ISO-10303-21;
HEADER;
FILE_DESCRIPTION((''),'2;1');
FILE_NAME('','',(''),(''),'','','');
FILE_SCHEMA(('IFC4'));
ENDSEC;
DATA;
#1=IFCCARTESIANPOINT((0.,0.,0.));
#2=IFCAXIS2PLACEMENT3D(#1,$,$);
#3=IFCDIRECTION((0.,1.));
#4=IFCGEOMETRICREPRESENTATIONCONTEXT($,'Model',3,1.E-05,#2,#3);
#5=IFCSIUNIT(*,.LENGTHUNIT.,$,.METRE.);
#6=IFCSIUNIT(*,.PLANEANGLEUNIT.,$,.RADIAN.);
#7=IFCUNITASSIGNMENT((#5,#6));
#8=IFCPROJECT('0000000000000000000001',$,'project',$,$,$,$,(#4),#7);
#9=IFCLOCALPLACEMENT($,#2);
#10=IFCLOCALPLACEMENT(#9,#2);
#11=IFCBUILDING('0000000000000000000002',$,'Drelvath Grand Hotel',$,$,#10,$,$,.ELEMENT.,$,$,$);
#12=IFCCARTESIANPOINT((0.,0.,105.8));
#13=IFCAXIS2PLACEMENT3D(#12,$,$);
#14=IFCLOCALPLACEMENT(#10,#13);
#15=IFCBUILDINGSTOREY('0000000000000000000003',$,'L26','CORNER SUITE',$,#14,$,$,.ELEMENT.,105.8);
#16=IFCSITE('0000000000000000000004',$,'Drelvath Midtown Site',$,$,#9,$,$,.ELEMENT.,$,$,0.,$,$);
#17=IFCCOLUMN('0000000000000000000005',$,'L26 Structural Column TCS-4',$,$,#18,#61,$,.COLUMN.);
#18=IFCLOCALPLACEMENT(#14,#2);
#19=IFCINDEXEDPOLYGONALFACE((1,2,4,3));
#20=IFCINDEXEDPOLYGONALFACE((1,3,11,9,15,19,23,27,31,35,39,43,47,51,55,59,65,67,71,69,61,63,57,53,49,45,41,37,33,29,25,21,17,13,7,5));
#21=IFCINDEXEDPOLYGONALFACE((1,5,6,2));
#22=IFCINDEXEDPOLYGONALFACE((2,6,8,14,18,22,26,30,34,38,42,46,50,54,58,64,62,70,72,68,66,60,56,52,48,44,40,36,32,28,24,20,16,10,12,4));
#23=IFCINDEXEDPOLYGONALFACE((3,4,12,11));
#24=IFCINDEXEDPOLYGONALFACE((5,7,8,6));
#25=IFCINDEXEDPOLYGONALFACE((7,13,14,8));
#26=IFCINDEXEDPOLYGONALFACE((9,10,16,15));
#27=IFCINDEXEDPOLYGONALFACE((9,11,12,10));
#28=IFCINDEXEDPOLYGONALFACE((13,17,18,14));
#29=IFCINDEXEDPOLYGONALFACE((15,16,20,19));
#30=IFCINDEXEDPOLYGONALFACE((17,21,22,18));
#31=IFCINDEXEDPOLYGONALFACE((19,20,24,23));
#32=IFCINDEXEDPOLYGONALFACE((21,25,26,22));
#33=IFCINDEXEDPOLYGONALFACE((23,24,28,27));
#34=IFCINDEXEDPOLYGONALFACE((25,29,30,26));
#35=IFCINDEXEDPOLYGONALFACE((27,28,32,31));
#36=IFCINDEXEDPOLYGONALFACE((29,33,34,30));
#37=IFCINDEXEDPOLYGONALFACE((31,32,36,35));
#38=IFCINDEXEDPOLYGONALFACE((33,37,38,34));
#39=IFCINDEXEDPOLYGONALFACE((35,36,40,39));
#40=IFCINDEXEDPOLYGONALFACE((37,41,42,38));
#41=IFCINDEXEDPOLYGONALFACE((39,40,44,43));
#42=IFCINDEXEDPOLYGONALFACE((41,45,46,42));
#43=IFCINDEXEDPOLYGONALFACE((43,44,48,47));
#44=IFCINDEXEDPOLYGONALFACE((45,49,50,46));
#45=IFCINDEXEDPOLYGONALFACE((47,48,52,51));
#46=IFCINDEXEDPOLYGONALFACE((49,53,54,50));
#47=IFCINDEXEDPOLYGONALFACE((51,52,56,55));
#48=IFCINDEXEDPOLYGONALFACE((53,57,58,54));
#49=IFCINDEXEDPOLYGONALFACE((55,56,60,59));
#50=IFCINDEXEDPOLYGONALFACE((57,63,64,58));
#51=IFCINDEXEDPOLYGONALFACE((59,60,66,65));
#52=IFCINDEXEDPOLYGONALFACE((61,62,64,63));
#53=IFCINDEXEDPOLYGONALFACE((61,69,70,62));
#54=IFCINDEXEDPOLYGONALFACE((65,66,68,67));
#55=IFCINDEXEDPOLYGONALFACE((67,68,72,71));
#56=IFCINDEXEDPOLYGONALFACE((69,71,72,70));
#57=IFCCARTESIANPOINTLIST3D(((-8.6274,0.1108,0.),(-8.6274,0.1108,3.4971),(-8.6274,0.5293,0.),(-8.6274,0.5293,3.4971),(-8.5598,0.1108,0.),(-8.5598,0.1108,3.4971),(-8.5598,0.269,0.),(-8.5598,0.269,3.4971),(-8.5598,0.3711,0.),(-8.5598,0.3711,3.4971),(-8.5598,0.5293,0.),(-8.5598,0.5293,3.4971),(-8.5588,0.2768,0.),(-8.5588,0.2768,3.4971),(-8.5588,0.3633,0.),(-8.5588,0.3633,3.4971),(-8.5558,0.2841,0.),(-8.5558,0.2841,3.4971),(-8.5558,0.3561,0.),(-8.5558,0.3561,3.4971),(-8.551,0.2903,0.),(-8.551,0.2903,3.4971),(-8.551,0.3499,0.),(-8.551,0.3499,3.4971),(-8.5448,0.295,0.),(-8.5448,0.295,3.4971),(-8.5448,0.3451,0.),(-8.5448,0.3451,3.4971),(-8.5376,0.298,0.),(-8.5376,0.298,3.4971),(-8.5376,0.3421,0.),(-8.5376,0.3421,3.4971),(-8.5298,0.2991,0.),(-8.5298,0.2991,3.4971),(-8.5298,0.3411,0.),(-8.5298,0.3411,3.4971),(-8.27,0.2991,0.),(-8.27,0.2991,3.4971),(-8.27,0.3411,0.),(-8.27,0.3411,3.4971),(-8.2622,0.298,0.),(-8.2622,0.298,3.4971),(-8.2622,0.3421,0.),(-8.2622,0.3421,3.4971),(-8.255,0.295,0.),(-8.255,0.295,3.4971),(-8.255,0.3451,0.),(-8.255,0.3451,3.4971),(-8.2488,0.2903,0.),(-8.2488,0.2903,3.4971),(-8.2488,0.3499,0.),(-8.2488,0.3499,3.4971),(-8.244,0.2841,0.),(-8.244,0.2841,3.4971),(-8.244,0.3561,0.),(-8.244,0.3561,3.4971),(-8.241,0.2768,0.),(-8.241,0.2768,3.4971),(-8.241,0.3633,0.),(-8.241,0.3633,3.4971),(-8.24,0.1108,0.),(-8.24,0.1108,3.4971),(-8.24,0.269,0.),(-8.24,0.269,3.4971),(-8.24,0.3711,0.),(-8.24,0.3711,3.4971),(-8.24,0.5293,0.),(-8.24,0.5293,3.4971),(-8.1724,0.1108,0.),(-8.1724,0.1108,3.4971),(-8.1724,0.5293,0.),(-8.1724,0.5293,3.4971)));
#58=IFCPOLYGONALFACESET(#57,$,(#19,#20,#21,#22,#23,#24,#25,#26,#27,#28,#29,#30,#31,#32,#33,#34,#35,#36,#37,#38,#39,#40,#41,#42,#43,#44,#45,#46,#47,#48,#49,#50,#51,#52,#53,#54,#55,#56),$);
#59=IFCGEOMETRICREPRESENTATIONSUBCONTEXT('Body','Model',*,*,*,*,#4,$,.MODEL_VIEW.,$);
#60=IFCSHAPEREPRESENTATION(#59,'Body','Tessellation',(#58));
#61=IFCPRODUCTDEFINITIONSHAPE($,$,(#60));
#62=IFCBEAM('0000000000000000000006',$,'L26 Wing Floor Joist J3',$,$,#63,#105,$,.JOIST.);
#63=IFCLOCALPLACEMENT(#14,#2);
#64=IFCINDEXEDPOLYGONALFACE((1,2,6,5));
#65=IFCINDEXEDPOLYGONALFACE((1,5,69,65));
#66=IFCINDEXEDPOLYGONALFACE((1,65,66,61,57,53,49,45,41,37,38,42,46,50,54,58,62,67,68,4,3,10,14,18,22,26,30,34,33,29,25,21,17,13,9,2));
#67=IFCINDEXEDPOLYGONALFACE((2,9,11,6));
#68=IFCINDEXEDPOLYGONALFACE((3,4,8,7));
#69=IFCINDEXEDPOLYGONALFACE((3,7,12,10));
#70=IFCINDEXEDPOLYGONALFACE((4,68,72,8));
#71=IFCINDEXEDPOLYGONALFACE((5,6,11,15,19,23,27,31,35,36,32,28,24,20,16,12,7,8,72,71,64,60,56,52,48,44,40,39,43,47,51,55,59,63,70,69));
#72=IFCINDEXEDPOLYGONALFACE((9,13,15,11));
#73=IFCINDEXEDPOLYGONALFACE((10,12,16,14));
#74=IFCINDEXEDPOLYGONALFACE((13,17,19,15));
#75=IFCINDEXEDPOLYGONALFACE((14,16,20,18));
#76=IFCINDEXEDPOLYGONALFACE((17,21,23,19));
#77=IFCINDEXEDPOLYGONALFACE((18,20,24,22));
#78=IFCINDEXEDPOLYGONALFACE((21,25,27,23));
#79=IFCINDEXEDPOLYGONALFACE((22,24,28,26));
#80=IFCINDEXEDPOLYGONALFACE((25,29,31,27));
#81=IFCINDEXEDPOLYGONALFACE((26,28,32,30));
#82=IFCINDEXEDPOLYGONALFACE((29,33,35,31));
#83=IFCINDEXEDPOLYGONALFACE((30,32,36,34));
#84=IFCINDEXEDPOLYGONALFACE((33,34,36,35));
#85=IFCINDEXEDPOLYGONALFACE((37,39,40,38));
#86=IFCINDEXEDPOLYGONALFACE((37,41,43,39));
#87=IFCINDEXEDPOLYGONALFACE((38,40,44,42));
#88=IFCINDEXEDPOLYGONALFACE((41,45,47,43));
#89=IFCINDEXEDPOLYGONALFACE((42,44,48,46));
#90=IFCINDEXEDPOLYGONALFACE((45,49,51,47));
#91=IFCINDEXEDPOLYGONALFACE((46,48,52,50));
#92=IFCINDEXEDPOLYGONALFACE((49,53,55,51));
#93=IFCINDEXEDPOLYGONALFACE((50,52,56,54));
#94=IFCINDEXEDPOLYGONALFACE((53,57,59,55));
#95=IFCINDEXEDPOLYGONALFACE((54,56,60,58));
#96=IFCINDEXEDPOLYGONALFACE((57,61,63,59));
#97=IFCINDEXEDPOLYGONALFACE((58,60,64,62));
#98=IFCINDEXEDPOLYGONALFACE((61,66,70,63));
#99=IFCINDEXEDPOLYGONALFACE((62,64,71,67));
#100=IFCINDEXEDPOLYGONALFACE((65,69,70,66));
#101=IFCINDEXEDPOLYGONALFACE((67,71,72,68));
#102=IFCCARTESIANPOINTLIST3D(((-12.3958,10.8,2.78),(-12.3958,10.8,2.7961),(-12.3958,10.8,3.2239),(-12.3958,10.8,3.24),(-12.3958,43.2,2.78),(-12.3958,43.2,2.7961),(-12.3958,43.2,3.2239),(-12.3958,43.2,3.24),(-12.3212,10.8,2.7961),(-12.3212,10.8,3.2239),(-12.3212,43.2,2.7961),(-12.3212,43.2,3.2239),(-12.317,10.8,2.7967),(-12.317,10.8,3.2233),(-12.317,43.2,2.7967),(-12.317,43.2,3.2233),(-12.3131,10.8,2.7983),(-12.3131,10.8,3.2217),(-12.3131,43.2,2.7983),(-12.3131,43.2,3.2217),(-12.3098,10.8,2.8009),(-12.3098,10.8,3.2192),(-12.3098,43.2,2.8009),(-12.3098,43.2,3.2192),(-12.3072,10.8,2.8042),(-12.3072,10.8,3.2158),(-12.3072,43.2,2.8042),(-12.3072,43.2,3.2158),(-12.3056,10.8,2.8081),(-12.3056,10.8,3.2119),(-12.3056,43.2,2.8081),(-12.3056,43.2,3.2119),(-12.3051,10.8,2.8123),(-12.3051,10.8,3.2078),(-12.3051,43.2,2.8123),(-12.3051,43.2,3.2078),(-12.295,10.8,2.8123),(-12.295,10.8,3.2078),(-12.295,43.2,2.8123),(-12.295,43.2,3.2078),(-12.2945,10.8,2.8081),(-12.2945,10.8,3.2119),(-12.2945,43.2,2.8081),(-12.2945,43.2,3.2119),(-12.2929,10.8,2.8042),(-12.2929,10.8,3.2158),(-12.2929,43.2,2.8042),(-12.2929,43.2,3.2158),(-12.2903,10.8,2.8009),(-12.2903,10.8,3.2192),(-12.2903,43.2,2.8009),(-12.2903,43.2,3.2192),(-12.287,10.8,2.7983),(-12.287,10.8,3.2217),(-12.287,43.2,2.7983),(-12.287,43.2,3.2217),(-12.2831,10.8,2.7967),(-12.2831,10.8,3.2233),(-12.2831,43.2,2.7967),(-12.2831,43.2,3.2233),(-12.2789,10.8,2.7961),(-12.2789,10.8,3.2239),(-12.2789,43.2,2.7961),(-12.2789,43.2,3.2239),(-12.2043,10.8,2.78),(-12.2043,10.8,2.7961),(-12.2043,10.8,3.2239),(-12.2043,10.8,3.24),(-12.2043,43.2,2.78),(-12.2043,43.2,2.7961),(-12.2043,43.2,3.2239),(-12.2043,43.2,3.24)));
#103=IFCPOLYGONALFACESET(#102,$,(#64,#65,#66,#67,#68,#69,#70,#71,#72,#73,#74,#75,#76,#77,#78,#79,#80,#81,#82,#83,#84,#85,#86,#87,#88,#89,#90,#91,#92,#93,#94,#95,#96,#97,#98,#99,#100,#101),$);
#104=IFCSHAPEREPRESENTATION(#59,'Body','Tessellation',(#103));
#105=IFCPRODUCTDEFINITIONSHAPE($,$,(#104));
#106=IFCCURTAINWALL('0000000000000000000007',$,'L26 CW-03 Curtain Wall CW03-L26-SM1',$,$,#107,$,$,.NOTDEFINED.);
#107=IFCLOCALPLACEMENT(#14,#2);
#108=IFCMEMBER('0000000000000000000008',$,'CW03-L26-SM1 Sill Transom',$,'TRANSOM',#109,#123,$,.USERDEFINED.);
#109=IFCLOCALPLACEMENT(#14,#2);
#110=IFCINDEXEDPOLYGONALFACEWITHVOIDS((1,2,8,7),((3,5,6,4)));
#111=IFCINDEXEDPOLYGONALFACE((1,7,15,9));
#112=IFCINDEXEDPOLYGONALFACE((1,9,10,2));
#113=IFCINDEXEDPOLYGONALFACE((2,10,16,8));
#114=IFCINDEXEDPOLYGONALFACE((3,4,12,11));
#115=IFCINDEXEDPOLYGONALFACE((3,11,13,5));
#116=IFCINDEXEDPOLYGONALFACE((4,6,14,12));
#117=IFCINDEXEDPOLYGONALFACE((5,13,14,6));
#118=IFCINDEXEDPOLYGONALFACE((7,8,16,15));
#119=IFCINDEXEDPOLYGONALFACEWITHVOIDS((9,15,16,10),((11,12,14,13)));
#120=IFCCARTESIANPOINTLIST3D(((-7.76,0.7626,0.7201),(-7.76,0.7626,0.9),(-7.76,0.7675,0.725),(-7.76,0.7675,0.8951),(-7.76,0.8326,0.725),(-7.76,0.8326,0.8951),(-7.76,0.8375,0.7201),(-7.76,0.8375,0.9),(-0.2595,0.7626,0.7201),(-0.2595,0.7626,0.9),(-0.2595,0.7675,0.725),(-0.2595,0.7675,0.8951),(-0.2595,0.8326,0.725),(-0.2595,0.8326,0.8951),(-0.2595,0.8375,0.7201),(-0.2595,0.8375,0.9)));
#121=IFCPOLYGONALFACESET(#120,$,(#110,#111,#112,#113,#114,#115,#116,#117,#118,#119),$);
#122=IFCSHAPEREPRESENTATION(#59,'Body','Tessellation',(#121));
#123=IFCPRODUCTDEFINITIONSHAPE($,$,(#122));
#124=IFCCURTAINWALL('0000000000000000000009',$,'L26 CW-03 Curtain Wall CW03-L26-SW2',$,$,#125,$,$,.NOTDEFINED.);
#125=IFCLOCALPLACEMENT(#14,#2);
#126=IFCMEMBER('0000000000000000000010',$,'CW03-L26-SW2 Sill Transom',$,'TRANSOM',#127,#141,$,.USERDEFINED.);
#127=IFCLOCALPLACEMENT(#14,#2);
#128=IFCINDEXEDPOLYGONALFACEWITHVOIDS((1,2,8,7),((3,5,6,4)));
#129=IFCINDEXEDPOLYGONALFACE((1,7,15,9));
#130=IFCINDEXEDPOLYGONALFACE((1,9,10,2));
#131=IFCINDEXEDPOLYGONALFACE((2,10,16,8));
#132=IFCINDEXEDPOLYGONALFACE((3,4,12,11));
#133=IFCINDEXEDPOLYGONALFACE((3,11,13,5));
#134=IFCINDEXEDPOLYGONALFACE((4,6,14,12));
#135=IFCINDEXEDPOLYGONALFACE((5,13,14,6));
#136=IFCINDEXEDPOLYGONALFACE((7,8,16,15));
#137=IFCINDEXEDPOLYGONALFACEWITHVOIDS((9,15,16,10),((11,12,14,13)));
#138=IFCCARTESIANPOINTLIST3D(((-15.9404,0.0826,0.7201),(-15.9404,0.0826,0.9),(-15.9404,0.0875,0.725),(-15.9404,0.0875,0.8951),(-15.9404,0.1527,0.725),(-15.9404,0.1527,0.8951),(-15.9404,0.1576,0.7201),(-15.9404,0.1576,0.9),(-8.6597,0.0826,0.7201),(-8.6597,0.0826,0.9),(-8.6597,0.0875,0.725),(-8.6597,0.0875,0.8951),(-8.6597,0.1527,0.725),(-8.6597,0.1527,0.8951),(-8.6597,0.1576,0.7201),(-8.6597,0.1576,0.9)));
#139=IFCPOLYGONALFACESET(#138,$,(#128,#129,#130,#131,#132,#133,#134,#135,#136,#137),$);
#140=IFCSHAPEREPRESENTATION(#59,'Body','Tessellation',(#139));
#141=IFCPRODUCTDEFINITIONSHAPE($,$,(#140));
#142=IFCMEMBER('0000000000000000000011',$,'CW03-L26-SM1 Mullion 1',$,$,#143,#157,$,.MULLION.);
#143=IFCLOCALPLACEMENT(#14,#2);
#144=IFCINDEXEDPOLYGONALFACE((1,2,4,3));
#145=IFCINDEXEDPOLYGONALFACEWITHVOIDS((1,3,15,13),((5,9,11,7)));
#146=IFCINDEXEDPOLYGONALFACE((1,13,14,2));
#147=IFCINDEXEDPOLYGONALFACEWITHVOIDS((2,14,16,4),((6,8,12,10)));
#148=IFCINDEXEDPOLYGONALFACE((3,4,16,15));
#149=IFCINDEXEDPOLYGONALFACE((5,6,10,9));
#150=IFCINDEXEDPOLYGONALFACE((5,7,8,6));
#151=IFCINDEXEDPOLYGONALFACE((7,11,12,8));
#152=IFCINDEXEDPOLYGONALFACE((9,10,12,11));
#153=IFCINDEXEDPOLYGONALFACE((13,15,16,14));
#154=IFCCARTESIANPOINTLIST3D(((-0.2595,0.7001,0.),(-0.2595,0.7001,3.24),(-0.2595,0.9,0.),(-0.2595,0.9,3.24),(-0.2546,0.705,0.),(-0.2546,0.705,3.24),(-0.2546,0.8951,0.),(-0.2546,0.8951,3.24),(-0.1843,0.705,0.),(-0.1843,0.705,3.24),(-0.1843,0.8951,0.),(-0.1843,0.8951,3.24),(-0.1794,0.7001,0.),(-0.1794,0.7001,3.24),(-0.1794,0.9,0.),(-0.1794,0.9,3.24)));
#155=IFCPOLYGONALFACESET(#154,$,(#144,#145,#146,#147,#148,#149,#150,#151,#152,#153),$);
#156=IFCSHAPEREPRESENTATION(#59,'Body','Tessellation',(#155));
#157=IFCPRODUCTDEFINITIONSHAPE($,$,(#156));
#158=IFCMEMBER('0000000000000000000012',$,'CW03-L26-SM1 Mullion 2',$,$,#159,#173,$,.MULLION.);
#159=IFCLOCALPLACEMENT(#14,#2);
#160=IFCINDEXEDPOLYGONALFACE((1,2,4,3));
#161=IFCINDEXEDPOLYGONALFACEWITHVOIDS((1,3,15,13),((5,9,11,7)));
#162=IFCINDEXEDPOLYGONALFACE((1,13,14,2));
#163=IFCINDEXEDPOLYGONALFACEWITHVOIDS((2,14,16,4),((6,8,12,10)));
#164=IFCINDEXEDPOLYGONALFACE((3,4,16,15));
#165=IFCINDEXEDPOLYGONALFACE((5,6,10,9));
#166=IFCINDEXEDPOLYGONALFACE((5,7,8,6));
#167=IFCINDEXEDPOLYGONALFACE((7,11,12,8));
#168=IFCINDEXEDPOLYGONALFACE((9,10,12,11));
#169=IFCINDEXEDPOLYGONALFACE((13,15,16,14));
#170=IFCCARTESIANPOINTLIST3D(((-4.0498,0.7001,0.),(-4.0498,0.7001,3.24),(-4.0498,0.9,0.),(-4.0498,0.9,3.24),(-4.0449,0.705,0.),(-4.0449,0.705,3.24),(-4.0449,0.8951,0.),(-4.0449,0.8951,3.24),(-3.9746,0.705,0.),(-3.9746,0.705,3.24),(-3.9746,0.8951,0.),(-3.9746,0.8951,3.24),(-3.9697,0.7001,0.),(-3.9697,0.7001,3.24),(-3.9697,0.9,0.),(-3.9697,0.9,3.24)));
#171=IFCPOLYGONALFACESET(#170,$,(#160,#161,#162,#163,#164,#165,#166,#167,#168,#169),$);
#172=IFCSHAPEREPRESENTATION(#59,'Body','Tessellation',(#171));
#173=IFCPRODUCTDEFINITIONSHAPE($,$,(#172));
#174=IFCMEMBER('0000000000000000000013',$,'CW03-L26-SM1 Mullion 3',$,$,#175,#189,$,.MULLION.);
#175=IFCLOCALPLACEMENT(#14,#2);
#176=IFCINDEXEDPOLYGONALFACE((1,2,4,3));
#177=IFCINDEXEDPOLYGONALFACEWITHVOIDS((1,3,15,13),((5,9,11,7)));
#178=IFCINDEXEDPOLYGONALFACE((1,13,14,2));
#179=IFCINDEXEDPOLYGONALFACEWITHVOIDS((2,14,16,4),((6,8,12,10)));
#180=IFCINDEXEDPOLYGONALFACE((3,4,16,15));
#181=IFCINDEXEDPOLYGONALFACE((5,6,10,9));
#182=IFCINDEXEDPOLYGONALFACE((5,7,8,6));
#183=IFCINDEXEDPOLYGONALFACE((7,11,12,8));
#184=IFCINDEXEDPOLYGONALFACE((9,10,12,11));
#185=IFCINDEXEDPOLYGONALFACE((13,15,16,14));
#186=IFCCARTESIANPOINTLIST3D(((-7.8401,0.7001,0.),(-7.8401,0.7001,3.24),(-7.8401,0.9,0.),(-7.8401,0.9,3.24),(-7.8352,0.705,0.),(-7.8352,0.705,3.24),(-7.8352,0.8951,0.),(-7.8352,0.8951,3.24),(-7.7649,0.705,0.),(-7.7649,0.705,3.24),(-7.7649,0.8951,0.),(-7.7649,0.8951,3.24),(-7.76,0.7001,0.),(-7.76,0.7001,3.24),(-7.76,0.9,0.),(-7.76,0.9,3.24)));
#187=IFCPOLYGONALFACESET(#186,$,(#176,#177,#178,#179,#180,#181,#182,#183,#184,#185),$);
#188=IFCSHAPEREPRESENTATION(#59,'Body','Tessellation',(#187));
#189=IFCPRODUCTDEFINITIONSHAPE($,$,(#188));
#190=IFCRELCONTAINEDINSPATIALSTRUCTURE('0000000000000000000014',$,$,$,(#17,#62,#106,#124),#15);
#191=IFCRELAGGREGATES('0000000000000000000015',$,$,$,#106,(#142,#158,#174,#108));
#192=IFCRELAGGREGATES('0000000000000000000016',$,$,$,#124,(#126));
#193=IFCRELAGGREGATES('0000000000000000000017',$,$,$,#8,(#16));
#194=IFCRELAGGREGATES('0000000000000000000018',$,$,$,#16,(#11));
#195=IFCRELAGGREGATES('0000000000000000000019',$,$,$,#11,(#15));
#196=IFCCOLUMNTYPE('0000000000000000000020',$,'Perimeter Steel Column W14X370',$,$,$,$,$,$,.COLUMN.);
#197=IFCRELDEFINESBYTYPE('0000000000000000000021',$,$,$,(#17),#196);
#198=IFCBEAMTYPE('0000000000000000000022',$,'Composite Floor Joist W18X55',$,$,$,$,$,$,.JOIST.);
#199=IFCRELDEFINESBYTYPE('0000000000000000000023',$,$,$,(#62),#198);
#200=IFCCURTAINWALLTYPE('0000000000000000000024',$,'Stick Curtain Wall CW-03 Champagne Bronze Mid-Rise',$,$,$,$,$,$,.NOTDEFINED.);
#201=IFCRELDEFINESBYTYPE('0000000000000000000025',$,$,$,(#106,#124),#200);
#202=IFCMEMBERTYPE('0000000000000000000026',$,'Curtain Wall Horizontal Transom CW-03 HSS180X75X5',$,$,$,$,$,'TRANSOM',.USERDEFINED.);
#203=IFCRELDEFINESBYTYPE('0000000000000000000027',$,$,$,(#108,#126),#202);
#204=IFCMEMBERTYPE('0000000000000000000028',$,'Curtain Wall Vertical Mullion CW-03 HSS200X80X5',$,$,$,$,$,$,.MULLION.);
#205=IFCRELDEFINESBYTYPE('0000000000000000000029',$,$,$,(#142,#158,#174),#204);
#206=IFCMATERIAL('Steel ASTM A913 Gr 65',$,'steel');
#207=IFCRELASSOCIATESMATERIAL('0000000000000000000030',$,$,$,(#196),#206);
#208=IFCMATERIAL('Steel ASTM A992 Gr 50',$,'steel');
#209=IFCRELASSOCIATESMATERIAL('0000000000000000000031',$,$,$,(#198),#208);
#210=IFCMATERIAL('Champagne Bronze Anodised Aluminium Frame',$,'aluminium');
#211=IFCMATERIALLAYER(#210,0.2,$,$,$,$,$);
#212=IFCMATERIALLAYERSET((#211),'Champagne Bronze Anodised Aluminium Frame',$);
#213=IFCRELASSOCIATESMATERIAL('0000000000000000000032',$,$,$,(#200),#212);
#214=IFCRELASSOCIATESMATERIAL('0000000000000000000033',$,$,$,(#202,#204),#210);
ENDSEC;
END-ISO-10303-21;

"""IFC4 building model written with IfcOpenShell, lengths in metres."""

from ifc_helpers import new_model, si_unit, direction, frame, origin, origin_2d, place, context, subcontext, project, spatial, hollow_rectangle, i_section, extrude, material, layer, layer_set, material_profile, profile_set, type_object, element, aggregate, save


model = new_model("IFC4")

# Units and contexts
model_context = context("Model", 3, precision=1e-05, world=origin(), true_north=direction((0.0, 1.0)))
body_context = subcontext(model_context, "Body", "Model", "MODEL_VIEW")
ifc_project = project(units=[si_unit("LENGTHUNIT", "METRE"), si_unit("PLANEANGLEUNIT", "RADIAN")], contexts=[model_context])

# Site, building, storey
site_placement = place(None, origin())
site = spatial("IfcSite", under=ifc_project, at=site_placement, Name="Drelvath Midtown Site", CompositionType="ELEMENT", RefElevation=0.0)
building_placement = place(site_placement, origin())
building = spatial("IfcBuilding", under=site, at=building_placement, Name="Drelvath Grand Hotel", CompositionType="ELEMENT")
storey_placement = place(building_placement, frame((0.0, 0.0, 105.8)))
storey = spatial("IfcBuildingStorey", under=building, at=storey_placement, Name="L26", Description="CORNER SUITE", CompositionType="ELEMENT", Elevation=105.8)

# Column
ifc_material_1 = material(Name="Steel ASTM A913 Gr 65", Category="steel")
ifc_material_profile_1 = material_profile(ifc_material_1, i_section(OverallWidth=0.4185, OverallDepth=0.4551, WebThickness=0.042, FlangeThickness=0.0676, FilletRadius=0.03, at=origin_2d()), Name="W14X370")
ifc_profile_set_1 = profile_set([ifc_material_profile_1], Name="Steel ASTM A913 Gr 65")
column_type = type_object("IfcColumnType", Name="Perimeter Steel Column W14X370", PredefinedType="COLUMN", material=ifc_profile_set_1)
column_placement = place(storey_placement, frame((-8.3999, 0.3201, 0.0), z_axis=(0.0, 0.0, 1.0), x_axis=(0.0, 1.0, 0.0)))
element("IfcColumn", 1, at=column_placement, inside=storey, type_object=column_type, Name="L26 Structural Column TCS-4", PredefinedType="COLUMN", context=body_context, shape_type="SweptSolid", body=[
    extrude(i_section(OverallWidth=0.4185, OverallDepth=0.4551, WebThickness=0.042, FlangeThickness=0.0676, FilletRadius=0.03, at=origin_2d()), origin(), (0.0, 0.0, 1.0), 3.4971),
])

# Beam
ifc_material_2 = material(Name="Steel ASTM A992 Gr 50", Category="steel")
ifc_material_profile_2 = material_profile(ifc_material_2, i_section(OverallWidth=0.1914, OverallDepth=0.46, WebThickness=0.01, FlangeThickness=0.0161, FilletRadius=0.0161, at=origin_2d()), Name="W18X55")
ifc_profile_set_2 = profile_set([ifc_material_profile_2], Name="Steel ASTM A992 Gr 50")
beam_type_1 = type_object("IfcBeamType", Name="Composite Floor Joist W18X55", PredefinedType="JOIST", material=ifc_profile_set_2)
beam_1_placement = place(storey_placement, frame((-12.3, 10.8, 3.01), z_axis=(0.0, 1.0, 0.0), x_axis=(-1.0, 0.0, 0.0)))
element("IfcBeam", 2, at=beam_1_placement, inside=storey, type_object=beam_type_1, Name="L26 Wing Floor Joist J3", PredefinedType="JOIST", context=body_context, shape_type="SweptSolid", body=[
    extrude(i_section(OverallWidth=0.1914, OverallDepth=0.46, WebThickness=0.01, FlangeThickness=0.0161, FilletRadius=0.0161, at=origin_2d()), origin(), (0.0, 0.0, 1.0), 32.3999),
])

# Curtain walls, members
ifc_material_3 = material(Name="Champagne Bronze Anodised Aluminium Frame", Category="aluminium")
ifc_layer_1 = layer(ifc_material_3, 0.2)
ifc_layer_set_1 = layer_set([ifc_layer_1], Name="Champagne Bronze Anodised Aluminium Frame")
curtain_wall_type = type_object("IfcCurtainWallType", Name="Stick Curtain Wall CW-03 Champagne Bronze Mid-Rise", PredefinedType="NOTDEFINED", material=ifc_layer_set_1)
curtain_wall_1_placement = place(storey_placement, origin())
curtain_wall_1 = element("IfcCurtainWall", 3, at=curtain_wall_1_placement, inside=storey, type_object=curtain_wall_type, Name="L26 CW-03 Curtain Wall CW03-L26-SM1", PredefinedType="NOTDEFINED")
ifc_material_profile_3 = material_profile(ifc_material_3, hollow_rectangle(XDim=0.075, YDim=0.1799, WallThickness=0.0049, at=origin_2d()), Name="HSS180X75X5")
ifc_profile_set_3 = profile_set([ifc_material_profile_3], Name="Champagne Bronze Anodised Aluminium Frame")
member_type_1 = type_object("IfcMemberType", Name="Curtain Wall Horizontal Transom CW-03 HSS180X75X5", ElementType="TRANSOM", PredefinedType="USERDEFINED", material=ifc_profile_set_3)
member_1_placement = place(storey_placement, frame((-0.2595, 0.8, 0.8101), z_axis=(-1.0, 0.0, 0.0), x_axis=(0.0, -1.0, 0.0)))
member_1 = element("IfcMember", 4, at=member_1_placement, type_object=member_type_1, Name="CW03-L26-SM1 Sill Transom", ObjectType="TRANSOM", PredefinedType="USERDEFINED", context=body_context, shape_type="SweptSolid", body=[
    extrude(hollow_rectangle(XDim=0.075, YDim=0.1799, WallThickness=0.0049, at=origin_2d()), origin(), (0.0, 0.0, 1.0), 7.5005),
])
curtain_wall_2_placement = place(storey_placement, origin())
curtain_wall_2 = element("IfcCurtainWall", 5, at=curtain_wall_2_placement, inside=storey, type_object=curtain_wall_type, Name="L26 CW-03 Curtain Wall CW03-L26-SW2", PredefinedType="NOTDEFINED")
member_2_placement = place(storey_placement, frame((-8.6597, 0.1201, 0.8101), z_axis=(-1.0, 0.0, 0.0), x_axis=(0.0, -1.0, 0.0)))
member_2 = element("IfcMember", 6, at=member_2_placement, type_object=member_type_1, Name="CW03-L26-SW2 Sill Transom", ObjectType="TRANSOM", PredefinedType="USERDEFINED", context=body_context, shape_type="SweptSolid", body=[
    extrude(hollow_rectangle(XDim=0.075, YDim=0.1799, WallThickness=0.0049, at=origin_2d()), origin(), (0.0, 0.0, 1.0), 7.2808),
])

# Members
ifc_material_profile_4 = material_profile(ifc_material_3, hollow_rectangle(XDim=0.0801, YDim=0.2, WallThickness=0.0049, at=origin_2d()), Name="HSS200X80X5")
ifc_profile_set_4 = profile_set([ifc_material_profile_4], Name="Champagne Bronze Anodised Aluminium Frame")
member_type_2 = type_object("IfcMemberType", Name="Curtain Wall Vertical Mullion CW-03 HSS200X80X5", PredefinedType="MULLION", material=ifc_profile_set_4)
member_3_placement = place(storey_placement, frame((-0.2195, 0.8, 0.0), z_axis=(0.0, 0.0, 1.0), x_axis=(1.0, 0.0, 0.0)))
member_3 = element("IfcMember", 7, at=member_3_placement, type_object=member_type_2, Name="CW03-L26-SM1 Mullion 1", PredefinedType="MULLION", context=body_context, shape_type="SweptSolid", body=[
    extrude(hollow_rectangle(XDim=0.0801, YDim=0.2, WallThickness=0.0049, at=origin_2d()), origin(), (0.0, 0.0, 1.0), 3.24),
])
member_4_placement = place(storey_placement, frame((-4.0098, 0.8, 0.0), z_axis=(0.0, 0.0, 1.0), x_axis=(1.0, 0.0, 0.0)))
member_4 = element("IfcMember", 8, at=member_4_placement, type_object=member_type_2, Name="CW03-L26-SM1 Mullion 2", PredefinedType="MULLION", context=body_context, shape_type="SweptSolid", body=[
    extrude(hollow_rectangle(XDim=0.0801, YDim=0.2, WallThickness=0.0049, at=origin_2d()), origin(), (0.0, 0.0, 1.0), 3.24),
])
member_5_placement = place(storey_placement, frame((-7.8, 0.8, 0.0), z_axis=(0.0, 0.0, 1.0), x_axis=(1.0, 0.0, 0.0)))
member_5 = element("IfcMember", 9, at=member_5_placement, type_object=member_type_2, Name="CW03-L26-SM1 Mullion 3", PredefinedType="MULLION", context=body_context, shape_type="SweptSolid", body=[
    extrude(hollow_rectangle(XDim=0.0801, YDim=0.2, WallThickness=0.0049, at=origin_2d()), origin(), (0.0, 0.0, 1.0), 3.24),
])

aggregate(curtain_wall_1, [member_3, member_4, member_5, member_1])
aggregate(curtain_wall_2, [member_2])

save(model, "model.ifc")
